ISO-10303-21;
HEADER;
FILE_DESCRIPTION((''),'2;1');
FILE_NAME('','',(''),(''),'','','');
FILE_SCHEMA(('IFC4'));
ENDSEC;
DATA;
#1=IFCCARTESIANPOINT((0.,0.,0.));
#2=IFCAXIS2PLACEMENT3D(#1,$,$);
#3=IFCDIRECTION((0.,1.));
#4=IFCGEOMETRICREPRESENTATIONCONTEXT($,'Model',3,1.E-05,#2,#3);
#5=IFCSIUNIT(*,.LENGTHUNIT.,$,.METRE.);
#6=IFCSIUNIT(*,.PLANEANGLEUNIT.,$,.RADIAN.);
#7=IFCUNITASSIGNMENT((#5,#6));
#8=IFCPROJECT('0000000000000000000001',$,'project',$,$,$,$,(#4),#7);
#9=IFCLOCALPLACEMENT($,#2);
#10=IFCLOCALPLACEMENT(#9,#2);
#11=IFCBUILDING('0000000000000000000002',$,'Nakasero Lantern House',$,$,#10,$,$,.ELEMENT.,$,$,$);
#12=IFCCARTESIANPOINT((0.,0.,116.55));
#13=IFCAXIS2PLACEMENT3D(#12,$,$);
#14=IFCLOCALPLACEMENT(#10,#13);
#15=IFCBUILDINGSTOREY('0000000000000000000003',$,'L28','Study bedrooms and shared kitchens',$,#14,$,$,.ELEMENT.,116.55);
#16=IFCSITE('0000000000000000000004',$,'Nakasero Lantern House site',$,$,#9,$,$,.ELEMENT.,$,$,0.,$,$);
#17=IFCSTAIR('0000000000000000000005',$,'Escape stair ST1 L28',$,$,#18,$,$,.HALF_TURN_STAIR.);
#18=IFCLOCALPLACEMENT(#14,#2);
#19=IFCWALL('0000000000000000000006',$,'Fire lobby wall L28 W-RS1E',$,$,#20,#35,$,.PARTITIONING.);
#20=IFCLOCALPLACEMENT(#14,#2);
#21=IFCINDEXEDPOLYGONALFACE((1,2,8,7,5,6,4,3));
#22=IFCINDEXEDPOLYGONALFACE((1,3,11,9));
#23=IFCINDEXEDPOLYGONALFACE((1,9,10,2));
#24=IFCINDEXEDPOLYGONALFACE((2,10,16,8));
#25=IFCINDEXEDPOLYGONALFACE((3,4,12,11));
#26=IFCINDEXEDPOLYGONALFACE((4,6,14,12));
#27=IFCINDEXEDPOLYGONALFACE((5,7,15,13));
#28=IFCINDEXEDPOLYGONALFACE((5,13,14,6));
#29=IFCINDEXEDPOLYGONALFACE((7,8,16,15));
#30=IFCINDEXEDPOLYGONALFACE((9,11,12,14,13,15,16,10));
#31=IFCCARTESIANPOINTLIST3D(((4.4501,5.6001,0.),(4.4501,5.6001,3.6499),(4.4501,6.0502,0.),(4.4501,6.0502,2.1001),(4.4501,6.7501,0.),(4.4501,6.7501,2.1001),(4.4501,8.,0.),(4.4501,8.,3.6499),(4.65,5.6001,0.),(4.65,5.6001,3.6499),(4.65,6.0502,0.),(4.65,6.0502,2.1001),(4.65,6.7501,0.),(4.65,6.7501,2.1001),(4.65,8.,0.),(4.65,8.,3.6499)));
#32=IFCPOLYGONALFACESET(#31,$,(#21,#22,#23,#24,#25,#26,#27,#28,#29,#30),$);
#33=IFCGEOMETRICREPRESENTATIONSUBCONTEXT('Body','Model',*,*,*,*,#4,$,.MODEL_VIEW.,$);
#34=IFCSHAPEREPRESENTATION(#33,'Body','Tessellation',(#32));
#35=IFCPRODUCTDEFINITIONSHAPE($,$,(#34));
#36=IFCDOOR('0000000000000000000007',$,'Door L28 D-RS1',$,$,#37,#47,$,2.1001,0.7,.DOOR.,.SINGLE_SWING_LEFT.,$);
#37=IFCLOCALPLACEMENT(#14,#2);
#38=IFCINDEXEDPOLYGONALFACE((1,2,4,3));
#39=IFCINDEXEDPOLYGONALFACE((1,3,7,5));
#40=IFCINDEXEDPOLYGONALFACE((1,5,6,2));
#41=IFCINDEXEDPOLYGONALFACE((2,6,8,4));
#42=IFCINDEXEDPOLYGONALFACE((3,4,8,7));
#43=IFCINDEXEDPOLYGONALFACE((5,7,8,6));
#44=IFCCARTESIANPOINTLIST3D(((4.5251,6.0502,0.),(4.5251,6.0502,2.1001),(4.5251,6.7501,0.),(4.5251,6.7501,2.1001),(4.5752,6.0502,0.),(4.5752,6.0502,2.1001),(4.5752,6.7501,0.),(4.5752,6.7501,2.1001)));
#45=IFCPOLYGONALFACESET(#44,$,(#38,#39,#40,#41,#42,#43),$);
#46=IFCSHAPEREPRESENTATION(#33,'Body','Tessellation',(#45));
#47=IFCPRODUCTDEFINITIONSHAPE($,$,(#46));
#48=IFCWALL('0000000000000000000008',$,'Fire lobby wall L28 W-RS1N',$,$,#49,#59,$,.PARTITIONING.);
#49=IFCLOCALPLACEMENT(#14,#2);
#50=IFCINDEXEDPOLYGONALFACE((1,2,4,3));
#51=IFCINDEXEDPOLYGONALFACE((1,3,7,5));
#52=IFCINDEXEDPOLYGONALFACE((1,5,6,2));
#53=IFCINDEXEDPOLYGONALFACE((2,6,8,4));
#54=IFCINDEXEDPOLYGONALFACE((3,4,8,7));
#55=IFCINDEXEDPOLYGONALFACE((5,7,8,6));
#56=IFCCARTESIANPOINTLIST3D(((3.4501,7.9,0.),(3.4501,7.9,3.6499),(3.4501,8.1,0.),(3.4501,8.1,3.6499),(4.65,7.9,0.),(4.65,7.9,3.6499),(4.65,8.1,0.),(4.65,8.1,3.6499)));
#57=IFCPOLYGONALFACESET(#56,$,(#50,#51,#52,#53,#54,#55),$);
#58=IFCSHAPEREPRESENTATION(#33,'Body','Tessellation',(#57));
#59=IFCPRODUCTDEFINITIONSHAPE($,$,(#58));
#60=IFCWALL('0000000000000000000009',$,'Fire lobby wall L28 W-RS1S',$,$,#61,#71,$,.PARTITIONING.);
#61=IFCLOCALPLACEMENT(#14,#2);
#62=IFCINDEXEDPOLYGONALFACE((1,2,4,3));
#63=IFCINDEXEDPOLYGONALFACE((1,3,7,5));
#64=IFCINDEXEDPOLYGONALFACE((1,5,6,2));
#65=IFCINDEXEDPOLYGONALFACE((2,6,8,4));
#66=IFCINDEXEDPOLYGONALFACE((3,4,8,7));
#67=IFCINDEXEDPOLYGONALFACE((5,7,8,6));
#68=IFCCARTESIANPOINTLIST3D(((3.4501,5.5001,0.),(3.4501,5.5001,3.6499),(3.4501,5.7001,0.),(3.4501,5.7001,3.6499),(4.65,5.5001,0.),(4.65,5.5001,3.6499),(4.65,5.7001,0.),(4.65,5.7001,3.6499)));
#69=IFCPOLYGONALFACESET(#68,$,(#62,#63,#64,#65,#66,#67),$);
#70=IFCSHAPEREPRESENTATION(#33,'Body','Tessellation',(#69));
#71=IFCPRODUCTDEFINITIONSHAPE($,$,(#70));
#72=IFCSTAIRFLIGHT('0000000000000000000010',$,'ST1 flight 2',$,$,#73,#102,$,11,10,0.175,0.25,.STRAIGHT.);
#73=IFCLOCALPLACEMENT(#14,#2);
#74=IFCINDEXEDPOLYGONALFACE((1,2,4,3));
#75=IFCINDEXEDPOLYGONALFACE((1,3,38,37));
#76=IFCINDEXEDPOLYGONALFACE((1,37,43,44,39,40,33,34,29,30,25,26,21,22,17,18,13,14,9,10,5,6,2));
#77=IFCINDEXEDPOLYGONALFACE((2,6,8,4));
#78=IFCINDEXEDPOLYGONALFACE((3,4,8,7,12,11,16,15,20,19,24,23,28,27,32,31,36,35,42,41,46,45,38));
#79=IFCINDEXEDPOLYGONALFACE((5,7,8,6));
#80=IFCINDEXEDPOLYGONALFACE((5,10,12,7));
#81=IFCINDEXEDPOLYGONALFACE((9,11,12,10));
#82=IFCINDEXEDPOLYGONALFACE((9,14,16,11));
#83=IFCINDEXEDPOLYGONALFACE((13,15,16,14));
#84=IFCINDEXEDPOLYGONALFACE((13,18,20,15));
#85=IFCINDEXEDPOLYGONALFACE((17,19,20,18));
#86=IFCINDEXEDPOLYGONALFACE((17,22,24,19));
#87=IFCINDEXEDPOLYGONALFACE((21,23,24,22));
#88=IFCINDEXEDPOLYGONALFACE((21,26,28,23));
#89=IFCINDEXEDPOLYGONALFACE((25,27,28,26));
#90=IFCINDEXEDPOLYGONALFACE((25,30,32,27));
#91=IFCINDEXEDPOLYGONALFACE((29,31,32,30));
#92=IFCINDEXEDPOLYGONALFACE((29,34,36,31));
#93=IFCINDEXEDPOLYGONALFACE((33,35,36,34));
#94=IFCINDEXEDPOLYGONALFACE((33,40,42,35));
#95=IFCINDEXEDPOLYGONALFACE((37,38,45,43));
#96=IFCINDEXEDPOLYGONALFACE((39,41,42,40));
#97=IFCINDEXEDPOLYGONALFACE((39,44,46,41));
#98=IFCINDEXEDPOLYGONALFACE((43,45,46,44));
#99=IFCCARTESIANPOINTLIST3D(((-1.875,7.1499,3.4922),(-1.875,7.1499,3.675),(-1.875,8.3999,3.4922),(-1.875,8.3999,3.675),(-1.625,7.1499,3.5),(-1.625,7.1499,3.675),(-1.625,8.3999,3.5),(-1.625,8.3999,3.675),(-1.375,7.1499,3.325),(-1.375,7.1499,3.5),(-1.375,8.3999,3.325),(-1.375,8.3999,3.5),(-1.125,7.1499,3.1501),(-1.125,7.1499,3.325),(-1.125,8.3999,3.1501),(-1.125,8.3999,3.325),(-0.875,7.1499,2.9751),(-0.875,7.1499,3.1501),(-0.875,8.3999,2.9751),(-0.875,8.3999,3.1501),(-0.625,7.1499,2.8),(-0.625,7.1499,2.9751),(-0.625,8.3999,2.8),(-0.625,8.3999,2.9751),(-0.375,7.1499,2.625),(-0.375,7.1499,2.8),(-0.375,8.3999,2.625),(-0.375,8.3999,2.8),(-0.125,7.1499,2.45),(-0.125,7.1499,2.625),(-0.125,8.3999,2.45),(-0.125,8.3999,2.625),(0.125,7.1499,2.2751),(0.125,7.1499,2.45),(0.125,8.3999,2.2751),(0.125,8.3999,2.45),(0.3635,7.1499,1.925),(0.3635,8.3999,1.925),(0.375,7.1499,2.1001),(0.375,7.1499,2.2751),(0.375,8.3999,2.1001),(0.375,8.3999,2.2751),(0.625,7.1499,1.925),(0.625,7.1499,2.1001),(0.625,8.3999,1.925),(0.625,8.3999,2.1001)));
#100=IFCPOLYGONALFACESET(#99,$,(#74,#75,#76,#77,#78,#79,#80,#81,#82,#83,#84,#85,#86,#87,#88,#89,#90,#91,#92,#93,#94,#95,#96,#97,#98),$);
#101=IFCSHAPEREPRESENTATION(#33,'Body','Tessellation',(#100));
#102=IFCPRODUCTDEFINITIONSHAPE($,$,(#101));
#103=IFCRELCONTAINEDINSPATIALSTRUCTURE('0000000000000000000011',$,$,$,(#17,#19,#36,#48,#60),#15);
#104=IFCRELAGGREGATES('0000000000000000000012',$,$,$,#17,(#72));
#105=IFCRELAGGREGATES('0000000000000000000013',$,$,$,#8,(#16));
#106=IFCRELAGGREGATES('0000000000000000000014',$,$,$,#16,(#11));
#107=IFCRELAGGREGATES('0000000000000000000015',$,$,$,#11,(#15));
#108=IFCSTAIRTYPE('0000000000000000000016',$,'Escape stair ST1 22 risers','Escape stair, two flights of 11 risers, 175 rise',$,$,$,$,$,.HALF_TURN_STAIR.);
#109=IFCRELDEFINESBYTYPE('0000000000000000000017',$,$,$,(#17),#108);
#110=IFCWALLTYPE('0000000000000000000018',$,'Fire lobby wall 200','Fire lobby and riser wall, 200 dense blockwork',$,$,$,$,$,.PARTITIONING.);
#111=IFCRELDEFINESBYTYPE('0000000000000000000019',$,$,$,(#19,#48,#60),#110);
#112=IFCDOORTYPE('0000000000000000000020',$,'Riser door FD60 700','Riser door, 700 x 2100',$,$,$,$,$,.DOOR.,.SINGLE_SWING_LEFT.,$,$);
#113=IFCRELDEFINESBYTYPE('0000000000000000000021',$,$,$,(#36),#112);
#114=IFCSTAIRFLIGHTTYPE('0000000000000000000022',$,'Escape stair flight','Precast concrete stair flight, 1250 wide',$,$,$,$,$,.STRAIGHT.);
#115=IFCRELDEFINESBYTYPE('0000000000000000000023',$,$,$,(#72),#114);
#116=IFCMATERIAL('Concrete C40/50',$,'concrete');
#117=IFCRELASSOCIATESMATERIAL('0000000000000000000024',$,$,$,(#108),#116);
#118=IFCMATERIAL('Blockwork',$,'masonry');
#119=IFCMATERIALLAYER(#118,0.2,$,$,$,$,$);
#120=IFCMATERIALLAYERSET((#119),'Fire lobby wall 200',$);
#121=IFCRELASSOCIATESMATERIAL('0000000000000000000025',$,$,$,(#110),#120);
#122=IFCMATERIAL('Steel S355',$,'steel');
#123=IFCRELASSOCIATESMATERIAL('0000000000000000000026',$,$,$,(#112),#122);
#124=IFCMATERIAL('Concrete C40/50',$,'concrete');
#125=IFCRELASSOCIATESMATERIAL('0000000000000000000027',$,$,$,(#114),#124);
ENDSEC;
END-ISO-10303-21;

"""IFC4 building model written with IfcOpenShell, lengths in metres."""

from ifc_helpers import new_model, si_unit, direction, frame, frame_2d, origin, place, context, subcontext, project, spatial, polyline, rectangle, outline, extrude, material, layer, layer_set, type_object, element, fill, aggregate, save


model = new_model("IFC4")

# Units and contexts
model_context = context("Model", 3, precision=1e-05, world=origin(), true_north=direction((0.0, 1.0)))
body_context = subcontext(model_context, "Body", "Model", "MODEL_VIEW")
ifc_project = project(units=[si_unit("LENGTHUNIT", "METRE"), si_unit("PLANEANGLEUNIT", "RADIAN")], contexts=[model_context])

# Site, building, storey
site_placement = place(None, origin())
site = spatial("IfcSite", under=ifc_project, at=site_placement, Name="Nakasero Lantern House site", CompositionType="ELEMENT", RefElevation=0.0)
building_placement = place(site_placement, origin())
building = spatial("IfcBuilding", under=site, at=building_placement, Name="Nakasero Lantern House", CompositionType="ELEMENT")
storey_placement = place(building_placement, frame((0.0, 0.0, 116.55)))
storey = spatial("IfcBuildingStorey", under=building, at=storey_placement, Name="L28", Description="Study bedrooms and shared kitchens", CompositionType="ELEMENT", Elevation=116.55)

# Stair
ifc_material_1 = material(Name="Concrete C40/50", Category="concrete")
stair_type_1 = type_object("IfcStairType", Name="Escape stair ST1 22 risers", Description="Escape stair, two flights of 11 risers, 175 rise", PredefinedType="HALF_TURN_STAIR", material=ifc_material_1)
stair_1_placement = place(storey_placement, origin())
stair_1 = element("IfcStair", 1, at=stair_1_placement, inside=storey, type_object=stair_type_1, Name="Escape stair ST1 L28", PredefinedType="HALF_TURN_STAIR")

# Wall, opening, door
ifc_material_2 = material(Name="Blockwork", Category="masonry")
ifc_layer_1 = layer(ifc_material_2, 0.2)
ifc_layer_set_1 = layer_set([ifc_layer_1], Name="Fire lobby wall 200")
wall_type_1 = type_object("IfcWallType", Name="Fire lobby wall 200", Description="Fire lobby and riser wall, 200 dense blockwork", PredefinedType="PARTITIONING", material=ifc_layer_set_1)
wall_1_placement = place(storey_placement, frame((4.55, 5.6001, 0.0), z_axis=(0.0, 0.0, 1.0), x_axis=(0.0, 1.0, 0.0)))
wall_1 = element("IfcWall", 2, at=wall_1_placement, inside=storey, type_object=wall_type_1, Name="Fire lobby wall L28 W-RS1E", PredefinedType="PARTITIONING", context=body_context, shape_type="SweptSolid", body=[
    extrude(rectangle(XDim=2.3999, YDim=0.2, at=frame_2d((1.2, 0.0))), origin(), (0.0, 0.0, 1.0), 3.6499),
])
opening_1_placement = place(wall_1_placement, frame((0.45, 0.0, 0.0)))
opening_1 = element("IfcOpeningElement", 3, at=opening_1_placement, cuts=wall_1, PredefinedType="OPENING", context=body_context, shape_type="SweptSolid", body=[
    extrude(rectangle(XDim=0.7, YDim=2.1001, at=frame_2d((0.3501, 1.05))), frame((0.0, 0.1199, 0.0), z_axis=(0.0, -1.0, 0.0), x_axis=(1.0, 0.0, 0.0)), (0.0, 0.0, 1.0), 0.24),
])
ifc_material_3 = material(Name="Steel S355", Category="steel")
door_type_1 = type_object("IfcDoorType", Name="Riser door FD60 700", Description="Riser door, 700 x 2100", OperationType="SINGLE_SWING_LEFT", PredefinedType="DOOR", material=ifc_material_3)
door_1_placement = place(opening_1_placement, origin())
door_1 = element("IfcDoor", 4, at=door_1_placement, inside=storey, type_object=door_type_1, Name="Door L28 D-RS1", OperationType="SINGLE_SWING_LEFT", OverallHeight=2.1001, OverallWidth=0.7, PredefinedType="DOOR", context=body_context, shape_type="SweptSolid", body=[
    extrude(rectangle(XDim=0.7, YDim=2.1001, at=frame_2d((0.3501, 1.05))), frame((0.0, 0.0249, 0.0), z_axis=(0.0, -1.0, 0.0), x_axis=(1.0, 0.0, 0.0)), (0.0, 0.0, 1.0), 0.05),
])
fill(opening_1, door_1)

# Walls
for number, where, z_axis, x_axis, name in (
    (5, (3.45, 8.0, 0.0), (0.0, 0.0, 1.0), (1.0, 0.0, 0.0), "Fire lobby wall L28 W-RS1N"),
    (6, (3.45, 5.6001, 0.0), (0.0, 0.0, 1.0), (1.0, 0.0, 0.0), "Fire lobby wall L28 W-RS1S"),
):
    element("IfcWall", number, at=place(storey_placement, frame(where, z_axis=z_axis, x_axis=x_axis)), inside=storey, type_object=wall_type_1, Name=name, PredefinedType="PARTITIONING", context=body_context, shape_type="SweptSolid", body=[
        extrude(rectangle(XDim=1.2, YDim=0.2, at=frame_2d((0.6001, 0.0))), origin(), (0.0, 0.0, 1.0), 3.6499),
    ])

# Stair flight
ifc_material_4 = material(Name="Concrete C40/50", Category="concrete")
stair_flight_type = type_object("IfcStairFlightType", Name="Escape stair flight", Description="Precast concrete stair flight, 1250 wide", PredefinedType="STRAIGHT", material=ifc_material_4)
stair_flight_placement = place(storey_placement, frame((0.625, 7.7749, 1.925), z_axis=(0.0, 0.0, 1.0), x_axis=(-1.0, 0.0, 0.0)))
stair_flight = element("IfcStairFlight", 7, at=stair_flight_placement, type_object=stair_flight_type, Name="ST1 flight 2", NumberOfRisers=11, NumberOfTreads=10, PredefinedType="STRAIGHT", RiserHeight=0.175, TreadLength=0.25, context=body_context, shape_type="SweptSolid", body=[
    extrude(outline(polyline([(0.0, 0.0), (0.0, 0.175), (0.25, 0.175), (0.25, 0.3501), (0.5, 0.3501), (0.5, 0.5249), (0.75, 0.5249), (0.75, 0.7), (1.0, 0.7), (1.0, 0.875), (1.25, 0.875), (1.25, 1.05), (1.5, 1.05), (1.5, 1.2251), (1.75, 1.2251), (1.75, 1.3999), (2.0, 1.3999), (2.0, 1.575), (2.25, 1.575), (2.25, 1.75), (2.5, 1.75), (2.5, 1.925), (2.5, 1.5671), (0.2615, 0.0), (0.0, 0.0)])), frame((0.0, 0.625, 0.0), z_axis=(0.0, -1.0, 0.0), x_axis=(1.0, 0.0, 0.0)), (0.0, 0.0, 1.0), 1.25),
])
aggregate(stair_1, [stair_flight])

save(model, "model.ifc")
